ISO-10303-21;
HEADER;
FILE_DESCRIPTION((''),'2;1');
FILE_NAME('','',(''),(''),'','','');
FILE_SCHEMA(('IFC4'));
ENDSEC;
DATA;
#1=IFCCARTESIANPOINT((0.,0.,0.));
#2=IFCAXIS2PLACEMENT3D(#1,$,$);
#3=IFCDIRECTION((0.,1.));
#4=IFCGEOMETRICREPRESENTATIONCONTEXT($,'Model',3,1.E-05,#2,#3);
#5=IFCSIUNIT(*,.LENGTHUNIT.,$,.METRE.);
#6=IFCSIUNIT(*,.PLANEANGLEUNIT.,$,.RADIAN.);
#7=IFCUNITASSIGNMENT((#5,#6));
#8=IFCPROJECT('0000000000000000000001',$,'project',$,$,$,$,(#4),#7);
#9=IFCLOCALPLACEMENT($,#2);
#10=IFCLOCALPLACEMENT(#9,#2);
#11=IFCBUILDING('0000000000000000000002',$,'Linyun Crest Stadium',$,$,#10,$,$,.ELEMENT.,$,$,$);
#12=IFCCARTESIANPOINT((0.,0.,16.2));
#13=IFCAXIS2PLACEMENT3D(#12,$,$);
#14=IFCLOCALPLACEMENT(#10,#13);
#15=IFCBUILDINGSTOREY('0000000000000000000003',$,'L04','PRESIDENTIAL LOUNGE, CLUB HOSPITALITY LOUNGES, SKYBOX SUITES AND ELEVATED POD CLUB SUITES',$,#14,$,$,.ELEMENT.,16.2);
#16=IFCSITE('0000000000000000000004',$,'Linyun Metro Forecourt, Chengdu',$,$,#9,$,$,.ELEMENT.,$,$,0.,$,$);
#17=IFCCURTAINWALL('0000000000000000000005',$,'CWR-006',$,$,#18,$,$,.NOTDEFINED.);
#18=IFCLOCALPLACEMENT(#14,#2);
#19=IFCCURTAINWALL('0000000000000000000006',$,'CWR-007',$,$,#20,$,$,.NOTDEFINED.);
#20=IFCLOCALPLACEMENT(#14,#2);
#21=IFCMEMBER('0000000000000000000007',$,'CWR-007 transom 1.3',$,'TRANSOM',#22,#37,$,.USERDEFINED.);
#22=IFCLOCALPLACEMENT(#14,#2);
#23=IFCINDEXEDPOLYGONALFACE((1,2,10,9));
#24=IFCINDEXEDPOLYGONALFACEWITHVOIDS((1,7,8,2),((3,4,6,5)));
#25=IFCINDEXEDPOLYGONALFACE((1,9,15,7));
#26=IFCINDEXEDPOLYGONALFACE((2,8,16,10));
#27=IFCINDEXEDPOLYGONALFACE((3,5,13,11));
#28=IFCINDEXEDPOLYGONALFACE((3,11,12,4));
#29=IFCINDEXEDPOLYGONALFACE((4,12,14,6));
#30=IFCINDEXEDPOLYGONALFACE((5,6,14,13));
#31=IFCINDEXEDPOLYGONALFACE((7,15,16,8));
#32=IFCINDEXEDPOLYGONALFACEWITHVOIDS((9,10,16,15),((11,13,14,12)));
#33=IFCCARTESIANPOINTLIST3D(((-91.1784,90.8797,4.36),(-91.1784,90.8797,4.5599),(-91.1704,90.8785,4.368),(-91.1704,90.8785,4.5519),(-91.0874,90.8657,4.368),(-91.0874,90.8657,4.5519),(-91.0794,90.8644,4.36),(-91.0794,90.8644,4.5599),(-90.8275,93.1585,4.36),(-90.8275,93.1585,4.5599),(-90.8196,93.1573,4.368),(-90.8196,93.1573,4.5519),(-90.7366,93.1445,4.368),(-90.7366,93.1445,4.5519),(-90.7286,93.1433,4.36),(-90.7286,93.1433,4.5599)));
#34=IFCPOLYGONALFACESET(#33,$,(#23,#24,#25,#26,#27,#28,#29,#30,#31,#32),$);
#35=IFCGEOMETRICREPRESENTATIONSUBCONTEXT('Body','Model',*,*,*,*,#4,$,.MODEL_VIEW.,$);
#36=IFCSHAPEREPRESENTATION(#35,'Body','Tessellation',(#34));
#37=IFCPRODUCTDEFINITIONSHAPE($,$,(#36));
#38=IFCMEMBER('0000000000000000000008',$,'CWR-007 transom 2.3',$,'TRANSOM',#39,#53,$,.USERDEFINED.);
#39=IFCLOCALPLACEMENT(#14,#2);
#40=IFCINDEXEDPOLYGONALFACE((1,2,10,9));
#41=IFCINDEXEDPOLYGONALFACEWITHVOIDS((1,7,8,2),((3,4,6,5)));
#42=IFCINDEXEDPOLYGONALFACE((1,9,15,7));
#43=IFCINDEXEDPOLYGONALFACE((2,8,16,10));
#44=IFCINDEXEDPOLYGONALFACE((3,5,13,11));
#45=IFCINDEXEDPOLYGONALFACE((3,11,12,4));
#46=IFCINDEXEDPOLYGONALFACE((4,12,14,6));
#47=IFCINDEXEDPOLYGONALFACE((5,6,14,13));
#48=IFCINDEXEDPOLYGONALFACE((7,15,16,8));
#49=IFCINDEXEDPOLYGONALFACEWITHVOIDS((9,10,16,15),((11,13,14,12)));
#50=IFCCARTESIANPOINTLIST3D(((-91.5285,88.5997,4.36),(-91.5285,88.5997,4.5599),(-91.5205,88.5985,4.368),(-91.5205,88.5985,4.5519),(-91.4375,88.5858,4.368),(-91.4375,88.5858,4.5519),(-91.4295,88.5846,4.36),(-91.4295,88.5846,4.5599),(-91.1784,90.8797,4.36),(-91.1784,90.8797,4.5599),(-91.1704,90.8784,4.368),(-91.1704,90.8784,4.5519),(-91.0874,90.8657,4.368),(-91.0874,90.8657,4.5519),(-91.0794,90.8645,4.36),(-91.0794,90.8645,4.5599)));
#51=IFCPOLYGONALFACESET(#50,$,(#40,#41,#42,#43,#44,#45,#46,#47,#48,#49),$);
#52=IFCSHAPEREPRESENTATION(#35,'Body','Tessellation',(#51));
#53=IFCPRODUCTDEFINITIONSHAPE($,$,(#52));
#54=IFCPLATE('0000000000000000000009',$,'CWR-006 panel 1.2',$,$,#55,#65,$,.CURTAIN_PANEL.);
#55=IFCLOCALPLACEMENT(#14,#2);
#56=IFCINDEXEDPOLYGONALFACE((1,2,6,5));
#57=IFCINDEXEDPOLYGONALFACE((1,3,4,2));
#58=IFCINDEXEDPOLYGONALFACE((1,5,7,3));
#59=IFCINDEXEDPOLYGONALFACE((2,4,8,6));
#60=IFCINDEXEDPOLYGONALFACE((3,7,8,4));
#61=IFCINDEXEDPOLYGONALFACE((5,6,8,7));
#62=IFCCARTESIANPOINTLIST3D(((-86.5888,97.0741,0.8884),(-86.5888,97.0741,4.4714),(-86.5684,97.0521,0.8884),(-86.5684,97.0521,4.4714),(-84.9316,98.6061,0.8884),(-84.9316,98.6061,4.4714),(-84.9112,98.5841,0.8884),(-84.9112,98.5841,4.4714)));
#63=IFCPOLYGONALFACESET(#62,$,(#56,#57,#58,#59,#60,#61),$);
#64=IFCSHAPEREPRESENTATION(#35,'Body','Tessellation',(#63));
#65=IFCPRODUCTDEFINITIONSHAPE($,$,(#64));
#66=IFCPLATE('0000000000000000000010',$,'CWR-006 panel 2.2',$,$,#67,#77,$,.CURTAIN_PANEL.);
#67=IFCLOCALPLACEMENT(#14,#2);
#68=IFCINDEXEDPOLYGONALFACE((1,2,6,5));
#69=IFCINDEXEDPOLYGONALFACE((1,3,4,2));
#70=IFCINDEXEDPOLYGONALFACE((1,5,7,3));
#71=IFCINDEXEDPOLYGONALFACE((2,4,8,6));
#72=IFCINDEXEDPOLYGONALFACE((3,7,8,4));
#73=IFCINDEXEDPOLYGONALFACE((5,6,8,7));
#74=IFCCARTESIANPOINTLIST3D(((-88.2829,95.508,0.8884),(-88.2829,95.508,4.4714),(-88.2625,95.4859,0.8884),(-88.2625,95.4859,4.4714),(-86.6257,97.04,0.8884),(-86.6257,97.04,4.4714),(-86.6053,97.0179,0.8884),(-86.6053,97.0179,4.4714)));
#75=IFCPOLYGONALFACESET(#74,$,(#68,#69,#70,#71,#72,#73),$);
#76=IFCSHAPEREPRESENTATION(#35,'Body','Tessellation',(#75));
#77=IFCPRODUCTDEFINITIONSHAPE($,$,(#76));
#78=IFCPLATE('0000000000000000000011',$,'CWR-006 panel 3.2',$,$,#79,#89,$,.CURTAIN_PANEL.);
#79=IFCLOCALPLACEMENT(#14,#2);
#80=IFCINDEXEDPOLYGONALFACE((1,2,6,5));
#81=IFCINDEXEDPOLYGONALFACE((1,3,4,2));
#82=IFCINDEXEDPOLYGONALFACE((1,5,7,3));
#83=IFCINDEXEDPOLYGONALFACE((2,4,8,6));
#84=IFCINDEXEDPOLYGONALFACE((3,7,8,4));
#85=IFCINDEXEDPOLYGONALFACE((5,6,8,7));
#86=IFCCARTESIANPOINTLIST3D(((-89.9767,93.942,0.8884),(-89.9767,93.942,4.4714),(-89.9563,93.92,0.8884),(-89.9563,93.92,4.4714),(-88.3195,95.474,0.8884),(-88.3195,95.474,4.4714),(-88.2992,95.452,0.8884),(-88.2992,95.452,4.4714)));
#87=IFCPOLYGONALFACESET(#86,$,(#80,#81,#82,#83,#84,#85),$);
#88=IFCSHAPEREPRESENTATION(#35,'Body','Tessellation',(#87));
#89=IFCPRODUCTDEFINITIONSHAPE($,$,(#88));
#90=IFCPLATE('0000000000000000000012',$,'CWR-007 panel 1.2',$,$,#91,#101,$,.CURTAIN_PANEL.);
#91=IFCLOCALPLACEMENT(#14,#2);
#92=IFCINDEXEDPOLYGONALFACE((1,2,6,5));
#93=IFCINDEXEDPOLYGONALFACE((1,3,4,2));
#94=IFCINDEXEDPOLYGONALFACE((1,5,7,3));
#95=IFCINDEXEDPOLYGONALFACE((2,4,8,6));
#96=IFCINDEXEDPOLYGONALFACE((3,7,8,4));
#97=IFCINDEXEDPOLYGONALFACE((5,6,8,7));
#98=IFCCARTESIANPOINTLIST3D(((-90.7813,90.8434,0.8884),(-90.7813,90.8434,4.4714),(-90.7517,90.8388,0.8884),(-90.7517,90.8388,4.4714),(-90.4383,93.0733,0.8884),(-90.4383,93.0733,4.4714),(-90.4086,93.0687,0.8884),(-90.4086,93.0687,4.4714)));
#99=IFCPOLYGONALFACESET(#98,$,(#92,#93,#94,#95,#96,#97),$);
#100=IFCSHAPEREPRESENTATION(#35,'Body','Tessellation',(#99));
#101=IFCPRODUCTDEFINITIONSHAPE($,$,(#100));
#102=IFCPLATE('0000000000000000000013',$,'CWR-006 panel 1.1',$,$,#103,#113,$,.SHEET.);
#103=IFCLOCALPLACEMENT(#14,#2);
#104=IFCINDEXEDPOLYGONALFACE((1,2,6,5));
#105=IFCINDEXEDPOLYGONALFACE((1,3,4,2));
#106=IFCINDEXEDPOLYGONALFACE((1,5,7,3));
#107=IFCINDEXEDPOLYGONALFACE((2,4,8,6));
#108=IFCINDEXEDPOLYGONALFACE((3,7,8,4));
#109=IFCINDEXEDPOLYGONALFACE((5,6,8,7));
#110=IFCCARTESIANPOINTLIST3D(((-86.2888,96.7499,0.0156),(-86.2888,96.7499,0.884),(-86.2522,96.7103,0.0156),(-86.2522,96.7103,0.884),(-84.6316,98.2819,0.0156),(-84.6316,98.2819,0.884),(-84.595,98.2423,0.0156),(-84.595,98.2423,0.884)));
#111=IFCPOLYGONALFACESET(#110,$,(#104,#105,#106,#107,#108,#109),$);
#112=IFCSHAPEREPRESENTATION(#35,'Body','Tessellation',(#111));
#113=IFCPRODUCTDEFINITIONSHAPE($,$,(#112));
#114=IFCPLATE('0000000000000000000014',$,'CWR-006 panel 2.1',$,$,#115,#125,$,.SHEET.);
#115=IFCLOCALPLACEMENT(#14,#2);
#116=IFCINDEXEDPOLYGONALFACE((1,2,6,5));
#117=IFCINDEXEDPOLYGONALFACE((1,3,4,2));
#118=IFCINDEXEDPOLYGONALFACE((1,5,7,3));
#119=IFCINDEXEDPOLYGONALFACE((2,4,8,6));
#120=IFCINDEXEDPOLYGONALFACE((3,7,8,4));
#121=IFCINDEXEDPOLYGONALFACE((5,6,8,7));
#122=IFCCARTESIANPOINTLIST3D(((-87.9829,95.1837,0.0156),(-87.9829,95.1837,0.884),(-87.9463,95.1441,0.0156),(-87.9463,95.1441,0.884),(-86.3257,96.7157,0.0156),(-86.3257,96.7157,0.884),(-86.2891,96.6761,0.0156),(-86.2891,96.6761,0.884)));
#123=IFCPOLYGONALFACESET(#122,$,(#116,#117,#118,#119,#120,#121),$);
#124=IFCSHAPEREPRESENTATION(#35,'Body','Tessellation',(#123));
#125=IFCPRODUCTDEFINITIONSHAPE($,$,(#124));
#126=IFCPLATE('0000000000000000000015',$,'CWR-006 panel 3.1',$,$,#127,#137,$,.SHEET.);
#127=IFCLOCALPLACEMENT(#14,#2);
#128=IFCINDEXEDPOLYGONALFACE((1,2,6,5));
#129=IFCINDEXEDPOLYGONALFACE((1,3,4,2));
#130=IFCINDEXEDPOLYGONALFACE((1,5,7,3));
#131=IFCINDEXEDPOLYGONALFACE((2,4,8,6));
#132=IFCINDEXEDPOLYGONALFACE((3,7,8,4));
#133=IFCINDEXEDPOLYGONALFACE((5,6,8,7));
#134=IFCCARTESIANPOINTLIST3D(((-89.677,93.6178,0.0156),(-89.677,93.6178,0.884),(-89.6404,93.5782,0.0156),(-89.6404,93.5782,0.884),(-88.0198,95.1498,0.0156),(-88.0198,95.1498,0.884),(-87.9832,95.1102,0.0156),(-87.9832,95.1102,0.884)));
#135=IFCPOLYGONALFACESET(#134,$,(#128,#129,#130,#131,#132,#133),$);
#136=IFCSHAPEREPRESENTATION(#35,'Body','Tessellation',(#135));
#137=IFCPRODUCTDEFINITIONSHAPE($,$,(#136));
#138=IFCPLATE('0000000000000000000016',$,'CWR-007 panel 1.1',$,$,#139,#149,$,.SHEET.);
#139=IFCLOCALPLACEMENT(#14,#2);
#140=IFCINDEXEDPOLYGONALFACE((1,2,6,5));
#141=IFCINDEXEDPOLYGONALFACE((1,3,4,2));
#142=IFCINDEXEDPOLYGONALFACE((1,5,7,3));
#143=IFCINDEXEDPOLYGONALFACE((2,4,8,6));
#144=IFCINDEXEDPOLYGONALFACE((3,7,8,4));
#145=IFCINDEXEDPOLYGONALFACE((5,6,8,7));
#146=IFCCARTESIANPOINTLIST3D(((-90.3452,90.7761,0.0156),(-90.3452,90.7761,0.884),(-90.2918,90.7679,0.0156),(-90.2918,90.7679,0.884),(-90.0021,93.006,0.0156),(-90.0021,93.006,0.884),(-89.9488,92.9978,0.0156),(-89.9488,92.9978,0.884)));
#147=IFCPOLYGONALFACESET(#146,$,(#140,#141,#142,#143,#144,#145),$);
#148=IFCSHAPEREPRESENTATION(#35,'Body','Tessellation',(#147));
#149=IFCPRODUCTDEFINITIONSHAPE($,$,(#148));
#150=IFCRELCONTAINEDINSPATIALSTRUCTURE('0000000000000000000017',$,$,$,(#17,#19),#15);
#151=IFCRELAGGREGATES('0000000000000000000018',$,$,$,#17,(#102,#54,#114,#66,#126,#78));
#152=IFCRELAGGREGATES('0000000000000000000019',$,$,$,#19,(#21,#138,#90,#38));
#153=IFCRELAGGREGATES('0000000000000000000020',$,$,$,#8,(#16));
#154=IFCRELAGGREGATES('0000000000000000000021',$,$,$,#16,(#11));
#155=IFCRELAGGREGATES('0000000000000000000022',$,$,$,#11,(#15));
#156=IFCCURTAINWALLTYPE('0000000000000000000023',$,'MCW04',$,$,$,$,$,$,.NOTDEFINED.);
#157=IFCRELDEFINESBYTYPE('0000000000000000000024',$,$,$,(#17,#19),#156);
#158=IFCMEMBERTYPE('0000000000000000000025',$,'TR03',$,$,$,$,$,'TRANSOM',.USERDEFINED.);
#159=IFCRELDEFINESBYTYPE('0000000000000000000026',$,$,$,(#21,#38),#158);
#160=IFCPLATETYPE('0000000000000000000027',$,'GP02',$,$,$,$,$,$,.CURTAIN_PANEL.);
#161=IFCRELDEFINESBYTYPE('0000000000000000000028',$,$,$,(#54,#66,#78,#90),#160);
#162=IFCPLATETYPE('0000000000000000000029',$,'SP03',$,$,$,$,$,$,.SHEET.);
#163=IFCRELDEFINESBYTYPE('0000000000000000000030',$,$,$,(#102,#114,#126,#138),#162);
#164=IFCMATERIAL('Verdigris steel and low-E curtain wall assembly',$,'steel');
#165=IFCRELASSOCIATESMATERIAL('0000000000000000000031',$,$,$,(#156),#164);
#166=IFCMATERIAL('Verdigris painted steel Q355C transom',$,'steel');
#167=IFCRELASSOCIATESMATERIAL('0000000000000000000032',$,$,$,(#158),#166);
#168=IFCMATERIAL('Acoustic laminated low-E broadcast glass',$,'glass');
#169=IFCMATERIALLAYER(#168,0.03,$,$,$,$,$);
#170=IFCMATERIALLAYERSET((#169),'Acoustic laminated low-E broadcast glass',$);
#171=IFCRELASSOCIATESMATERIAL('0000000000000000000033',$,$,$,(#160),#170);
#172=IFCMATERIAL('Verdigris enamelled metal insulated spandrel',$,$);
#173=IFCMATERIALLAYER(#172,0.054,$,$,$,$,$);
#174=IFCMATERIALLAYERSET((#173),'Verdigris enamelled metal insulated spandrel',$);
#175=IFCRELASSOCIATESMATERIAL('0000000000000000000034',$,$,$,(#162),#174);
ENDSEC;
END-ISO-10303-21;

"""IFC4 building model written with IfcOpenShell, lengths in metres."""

from ifc_helpers import new_model, si_unit, direction, frame, origin, origin_2d, place, context, subcontext, project, spatial, rectangle, hollow_rectangle, extrude, material, layer, layer_set, material_profile, profile_set, type_object, element, aggregate, save


model = new_model("IFC4")

# Units and contexts
model_context = context("Model", 3, precision=1e-05, world=origin(), true_north=direction((0.0, 1.0)))
body_context = subcontext(model_context, "Body", "Model", "MODEL_VIEW")
ifc_project = project(units=[si_unit("LENGTHUNIT", "METRE"), si_unit("PLANEANGLEUNIT", "RADIAN")], contexts=[model_context])

# Site, building, storey
site_placement = place(None, origin())
site = spatial("IfcSite", under=ifc_project, at=site_placement, Name="Linyun Metro Forecourt, Chengdu", CompositionType="ELEMENT", RefElevation=0.0)
building_placement = place(site_placement, origin())
building = spatial("IfcBuilding", under=site, at=building_placement, Name="Linyun Crest Stadium", CompositionType="ELEMENT")
storey_placement = place(building_placement, frame((0.0, 0.0, 16.2)))
storey = spatial("IfcBuildingStorey", under=building, at=storey_placement, Name="L04", Description="PRESIDENTIAL LOUNGE, CLUB HOSPITALITY LOUNGES, SKYBOX SUITES AND ELEVATED POD CLUB SUITES", CompositionType="ELEMENT", Elevation=16.2)

# Curtain wall
ifc_material_1 = material(Name="Verdigris steel and low-E curtain wall assembly", Category="steel")
curtain_wall_type = type_object("IfcCurtainWallType", Name="MCW04", PredefinedType="NOTDEFINED", material=ifc_material_1)
curtain_wall_1_placement = place(storey_placement, origin())
curtain_wall_1 = element("IfcCurtainWall", 1, at=curtain_wall_1_placement, inside=storey, type_object=curtain_wall_type, Name="CWR-006", PredefinedType="NOTDEFINED")

# Curtain wall
curtain_wall_2_placement = place(storey_placement, origin())
curtain_wall_2 = element("IfcCurtainWall", 2, at=curtain_wall_2_placement, inside=storey, type_object=curtain_wall_type, Name="CWR-007", PredefinedType="NOTDEFINED")

# Members
ifc_material_2 = material(Name="Verdigris painted steel Q355C transom", Category="steel")
ifc_material_profile_1 = material_profile(ifc_material_2, hollow_rectangle(XDim=0.1001, YDim=0.2, WallThickness=0.0081, at=origin_2d()), Name="RHS 200x100x8")
ifc_profile_set_1 = profile_set([ifc_material_profile_1], Name="Verdigris painted steel Q355C transom")
member_type_1 = type_object("IfcMemberType", Name="TR03", ElementType="TRANSOM", PredefinedType="USERDEFINED", material=ifc_profile_set_1)
member_1_placement = place(storey_placement, frame((-90.7781, 93.1509, 4.46), z_axis=(-0.152161, -0.988356, 0.0), x_axis=(0.988356, -0.152161, 0.0)))
member_1 = element("IfcMember", 3, at=member_1_placement, type_object=member_type_1, Name="CWR-007 transom 1.3", ObjectType="TRANSOM", PredefinedType="USERDEFINED", context=body_context, shape_type="SweptSolid", body=[
    extrude(hollow_rectangle(XDim=0.1001, YDim=0.2, WallThickness=0.0081, at=origin_2d()), origin(), (0.0, 0.0, 1.0), 2.3057),
])
member_2_placement = place(storey_placement, frame((-91.1289, 90.8721, 4.46), z_axis=(-0.151771, -0.988416, 0.0), x_axis=(0.988416, -0.151771, 0.0)))
member_2 = element("IfcMember", 4, at=member_2_placement, type_object=member_type_1, Name="CWR-007 transom 2.3", ObjectType="TRANSOM", PredefinedType="USERDEFINED", context=body_context, shape_type="SweptSolid", body=[
    extrude(hollow_rectangle(XDim=0.1001, YDim=0.2, WallThickness=0.0081, at=origin_2d()), origin(), (0.0, 0.0, 1.0), 2.3066),
])

# Plates
ifc_material_3 = material(Name="Acoustic laminated low-E broadcast glass", Category="glass")
ifc_layer_1 = layer(ifc_material_3, 0.03)
ifc_layer_set_1 = layer_set([ifc_layer_1], Name="Acoustic laminated low-E broadcast glass")
plate_type_1 = type_object("IfcPlateType", Name="GP02", PredefinedType="CURTAIN_PANEL", material=ifc_layer_set_1)
plate_1_placement = place(storey_placement, frame((-85.75, 97.8291, 0.8884), z_axis=(0.0, 0.0, 1.0), x_axis=(-0.734299, -0.678826, 0.0)))
plate_1 = element("IfcPlate", 5, at=plate_1_placement, type_object=plate_type_1, Name="CWR-006 panel 1.2", PredefinedType="CURTAIN_PANEL", context=body_context, shape_type="SweptSolid", body=[
    extrude(rectangle(XDim=2.2568, YDim=0.03, at=origin_2d()), origin(), (0.0, 0.0, 1.0), 3.583),
])
plate_2_placement = place(storey_placement, frame((-87.4441, 96.2629, 0.8884), z_axis=(0.0, 0.0, 1.0), x_axis=(-0.734299, -0.678826, 0.0)))
plate_2 = element("IfcPlate", 6, at=plate_2_placement, type_object=plate_type_1, Name="CWR-006 panel 2.2", PredefinedType="CURTAIN_PANEL", context=body_context, shape_type="SweptSolid", body=[
    extrude(rectangle(XDim=2.2568, YDim=0.03, at=origin_2d()), origin(), (0.0, 0.0, 1.0), 3.583),
])
plate_3_placement = place(storey_placement, frame((-89.1379, 94.697, 0.8884), z_axis=(0.0, 0.0, 1.0), x_axis=(-0.734299, -0.678826, 0.0)))
plate_3 = element("IfcPlate", 7, at=plate_3_placement, type_object=plate_type_1, Name="CWR-006 panel 3.2", PredefinedType="CURTAIN_PANEL", context=body_context, shape_type="SweptSolid", body=[
    extrude(rectangle(XDim=2.2568, YDim=0.03, at=origin_2d()), origin(), (0.0, 0.0, 1.0), 3.583),
])
plate_4_placement = place(storey_placement, frame((-90.595, 91.9561, 0.8884), z_axis=(0.0, 0.0, 1.0), x_axis=(-0.152054, -0.988372, 0.0)))
plate_4 = element("IfcPlate", 8, at=plate_4_placement, type_object=plate_type_1, Name="CWR-007 panel 1.2", PredefinedType="CURTAIN_PANEL", context=body_context, shape_type="SweptSolid", body=[
    extrude(rectangle(XDim=2.2561, YDim=0.03, at=origin_2d()), origin(), (0.0, 0.0, 1.0), 3.583),
])
ifc_material_4 = material(Name="Verdigris enamelled metal insulated spandrel")
ifc_layer_2 = layer(ifc_material_4, 0.054)
ifc_layer_set_2 = layer_set([ifc_layer_2], Name="Verdigris enamelled metal insulated spandrel")
plate_type_2 = type_object("IfcPlateType", Name="SP03", PredefinedType="SHEET", material=ifc_layer_set_2)
plate_5_placement = place(storey_placement, frame((-85.4419, 97.4961, 0.0156), z_axis=(0.0, 0.0, 1.0), x_axis=(-0.734299, -0.678826, 0.0)))
plate_5 = element("IfcPlate", 9, at=plate_5_placement, type_object=plate_type_2, Name="CWR-006 panel 1.1", PredefinedType="SHEET", context=body_context, shape_type="SweptSolid", body=[
    extrude(rectangle(XDim=2.2568, YDim=0.054, at=origin_2d()), origin(), (0.0, 0.0, 1.0), 0.8684),
])
plate_6_placement = place(storey_placement, frame((-87.136, 95.9299, 0.0156), z_axis=(0.0, 0.0, 1.0), x_axis=(-0.734299, -0.678826, 0.0)))
plate_6 = element("IfcPlate", 10, at=plate_6_placement, type_object=plate_type_2, Name="CWR-006 panel 2.1", PredefinedType="SHEET", context=body_context, shape_type="SweptSolid", body=[
    extrude(rectangle(XDim=2.2568, YDim=0.054, at=origin_2d()), origin(), (0.0, 0.0, 1.0), 0.8684),
])
plate_7_placement = place(storey_placement, frame((-88.8301, 94.364, 0.0156), z_axis=(0.0, 0.0, 1.0), x_axis=(-0.734299, -0.678826, 0.0)))
plate_7 = element("IfcPlate", 11, at=plate_7_placement, type_object=plate_type_2, Name="CWR-006 panel 3.1", PredefinedType="SHEET", context=body_context, shape_type="SweptSolid", body=[
    extrude(rectangle(XDim=2.2568, YDim=0.054, at=origin_2d()), origin(), (0.0, 0.0, 1.0), 0.8684),
])
aggregate(curtain_wall_1, [plate_5, plate_1, plate_6, plate_2, plate_7, plate_3])
plate_8_placement = place(storey_placement, frame((-90.147, 91.887, 0.0156), z_axis=(0.0, 0.0, 1.0), x_axis=(-0.152054, -0.988372, 0.0)))
plate_8 = element("IfcPlate", 12, at=plate_8_placement, type_object=plate_type_2, Name="CWR-007 panel 1.1", PredefinedType="SHEET", context=body_context, shape_type="SweptSolid", body=[
    extrude(rectangle(XDim=2.2561, YDim=0.054, at=origin_2d()), origin(), (0.0, 0.0, 1.0), 0.8684),
])
aggregate(curtain_wall_2, [member_1, plate_8, plate_4, member_2])

save(model, "model.ifc")
